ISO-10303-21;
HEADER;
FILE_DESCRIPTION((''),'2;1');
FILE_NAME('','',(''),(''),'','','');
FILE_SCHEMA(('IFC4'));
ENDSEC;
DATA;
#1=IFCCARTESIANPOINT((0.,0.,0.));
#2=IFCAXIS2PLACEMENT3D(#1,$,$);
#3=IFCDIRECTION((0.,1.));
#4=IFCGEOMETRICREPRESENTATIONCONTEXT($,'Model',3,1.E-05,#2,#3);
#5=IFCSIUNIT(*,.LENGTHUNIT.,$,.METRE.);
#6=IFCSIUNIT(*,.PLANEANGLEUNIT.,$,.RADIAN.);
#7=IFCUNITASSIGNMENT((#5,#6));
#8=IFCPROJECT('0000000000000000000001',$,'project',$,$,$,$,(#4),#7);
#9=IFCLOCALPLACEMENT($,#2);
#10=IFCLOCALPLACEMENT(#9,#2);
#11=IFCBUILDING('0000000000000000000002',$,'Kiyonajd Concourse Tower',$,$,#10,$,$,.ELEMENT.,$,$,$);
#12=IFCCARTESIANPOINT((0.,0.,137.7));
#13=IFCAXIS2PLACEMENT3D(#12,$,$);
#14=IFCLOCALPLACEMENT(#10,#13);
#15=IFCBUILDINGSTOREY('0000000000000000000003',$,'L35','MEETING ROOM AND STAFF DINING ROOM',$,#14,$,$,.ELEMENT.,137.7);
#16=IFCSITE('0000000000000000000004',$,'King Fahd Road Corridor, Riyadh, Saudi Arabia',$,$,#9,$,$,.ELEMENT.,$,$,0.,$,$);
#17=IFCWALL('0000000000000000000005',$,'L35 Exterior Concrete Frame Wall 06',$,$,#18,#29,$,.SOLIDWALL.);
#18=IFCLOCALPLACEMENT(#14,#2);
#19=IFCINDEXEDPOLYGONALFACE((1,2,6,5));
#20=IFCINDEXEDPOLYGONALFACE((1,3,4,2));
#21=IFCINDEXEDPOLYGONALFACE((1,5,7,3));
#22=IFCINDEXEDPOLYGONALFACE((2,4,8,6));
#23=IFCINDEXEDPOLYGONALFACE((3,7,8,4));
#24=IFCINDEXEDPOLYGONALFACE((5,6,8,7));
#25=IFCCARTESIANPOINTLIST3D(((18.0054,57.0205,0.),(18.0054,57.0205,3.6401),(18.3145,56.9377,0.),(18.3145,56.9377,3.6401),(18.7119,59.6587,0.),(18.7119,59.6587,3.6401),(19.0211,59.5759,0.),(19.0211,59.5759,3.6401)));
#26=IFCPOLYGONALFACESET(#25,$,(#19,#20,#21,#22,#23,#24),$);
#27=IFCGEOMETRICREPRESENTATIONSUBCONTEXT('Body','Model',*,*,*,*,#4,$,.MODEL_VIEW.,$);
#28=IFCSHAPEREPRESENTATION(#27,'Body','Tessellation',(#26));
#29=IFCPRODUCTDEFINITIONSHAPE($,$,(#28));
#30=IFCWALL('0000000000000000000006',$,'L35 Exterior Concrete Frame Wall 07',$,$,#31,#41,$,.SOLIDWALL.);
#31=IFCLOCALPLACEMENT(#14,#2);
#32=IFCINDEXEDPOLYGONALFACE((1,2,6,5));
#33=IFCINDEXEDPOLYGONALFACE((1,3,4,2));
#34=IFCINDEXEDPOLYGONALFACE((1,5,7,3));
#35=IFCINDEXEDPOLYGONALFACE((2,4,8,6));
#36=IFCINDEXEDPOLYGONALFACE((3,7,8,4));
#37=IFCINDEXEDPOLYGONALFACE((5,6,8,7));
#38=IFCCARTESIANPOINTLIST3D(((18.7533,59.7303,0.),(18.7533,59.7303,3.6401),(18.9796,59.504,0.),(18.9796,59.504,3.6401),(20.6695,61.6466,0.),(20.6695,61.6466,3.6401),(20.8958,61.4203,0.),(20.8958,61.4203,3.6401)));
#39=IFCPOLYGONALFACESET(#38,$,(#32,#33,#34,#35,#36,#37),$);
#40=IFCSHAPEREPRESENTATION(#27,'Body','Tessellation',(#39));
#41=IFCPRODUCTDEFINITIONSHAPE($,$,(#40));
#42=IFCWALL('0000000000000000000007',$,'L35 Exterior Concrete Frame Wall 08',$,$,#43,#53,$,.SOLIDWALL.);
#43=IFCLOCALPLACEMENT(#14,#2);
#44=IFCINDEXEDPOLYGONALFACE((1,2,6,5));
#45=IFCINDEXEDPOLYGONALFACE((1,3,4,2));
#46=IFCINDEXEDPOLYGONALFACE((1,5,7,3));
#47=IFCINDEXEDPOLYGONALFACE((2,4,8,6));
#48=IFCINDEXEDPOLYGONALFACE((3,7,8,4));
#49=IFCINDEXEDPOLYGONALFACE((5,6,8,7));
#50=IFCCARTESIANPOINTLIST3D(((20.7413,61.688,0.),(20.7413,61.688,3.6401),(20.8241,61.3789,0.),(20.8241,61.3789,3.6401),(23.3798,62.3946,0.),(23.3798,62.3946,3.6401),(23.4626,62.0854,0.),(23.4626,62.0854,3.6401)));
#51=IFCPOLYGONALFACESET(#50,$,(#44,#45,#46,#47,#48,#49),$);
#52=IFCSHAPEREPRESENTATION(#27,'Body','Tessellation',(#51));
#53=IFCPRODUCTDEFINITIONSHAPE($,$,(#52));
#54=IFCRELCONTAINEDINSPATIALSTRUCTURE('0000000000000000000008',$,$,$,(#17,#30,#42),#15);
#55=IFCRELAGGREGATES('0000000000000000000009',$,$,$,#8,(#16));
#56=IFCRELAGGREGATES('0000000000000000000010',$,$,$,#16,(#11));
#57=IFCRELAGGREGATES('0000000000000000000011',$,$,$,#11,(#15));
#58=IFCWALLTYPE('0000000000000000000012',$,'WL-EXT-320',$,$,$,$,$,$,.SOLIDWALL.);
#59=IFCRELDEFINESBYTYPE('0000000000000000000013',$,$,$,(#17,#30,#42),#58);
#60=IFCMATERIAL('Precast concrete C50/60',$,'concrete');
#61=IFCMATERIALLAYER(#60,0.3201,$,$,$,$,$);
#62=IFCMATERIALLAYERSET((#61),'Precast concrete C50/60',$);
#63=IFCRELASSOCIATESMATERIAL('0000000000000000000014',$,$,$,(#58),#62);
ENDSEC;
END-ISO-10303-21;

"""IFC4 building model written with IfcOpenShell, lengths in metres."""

from ifc_helpers import new_model, si_unit, direction, frame, frame_2d, origin, place, context, subcontext, project, spatial, rectangle, extrude, material, layer, layer_set, type_object, element, save


model = new_model("IFC4")

# Units and contexts
model_context = context("Model", 3, precision=1e-05, world=origin(), true_north=direction((0.0, 1.0)))
body_context = subcontext(model_context, "Body", "Model", "MODEL_VIEW")
ifc_project = project(units=[si_unit("LENGTHUNIT", "METRE"), si_unit("PLANEANGLEUNIT", "RADIAN")], contexts=[model_context])

# Site, building, storey
site_placement = place(None, origin())
site = spatial("IfcSite", under=ifc_project, at=site_placement, Name="King Fahd Road Corridor, Riyadh, Saudi Arabia", CompositionType="ELEMENT", RefElevation=0.0)
building_placement = place(site_placement, origin())
building = spatial("IfcBuilding", under=site, at=building_placement, Name="Kiyonajd Concourse Tower", CompositionType="ELEMENT")
storey_placement = place(building_placement, frame((0.0, 0.0, 137.7)))
storey = spatial("IfcBuildingStorey", under=building, at=storey_placement, Name="L35", Description="MEETING ROOM AND STAFF DINING ROOM", CompositionType="ELEMENT", Elevation=137.7)

# Shared definitions
ifc_material_1 = material(Name="Precast concrete C50/60", Category="concrete")

# Walls
ifc_layer_1 = layer(ifc_material_1, 0.3201)
ifc_layer_set_1 = layer_set([ifc_layer_1], Name="Precast concrete C50/60")
wall_type = type_object("IfcWallType", Name="WL-EXT-320", PredefinedType="SOLIDWALL", material=ifc_layer_set_1)
wall_1_placement = place(storey_placement, frame((18.1599, 56.979, 0.0), z_axis=(0.0, 0.0, 1.0), x_axis=(0.258697, 0.965958, 0.0)))
element("IfcWall", 1, at=wall_1_placement, inside=storey, type_object=wall_type, Name="L35 Exterior Concrete Frame Wall 06", PredefinedType="SOLIDWALL", context=body_context, shape_type="SweptSolid", body=[
    extrude(rectangle(XDim=2.7312, YDim=0.3201, at=frame_2d((1.3657, 0.0))), origin(), (0.0, 0.0, 1.0), 3.6401),
])
wall_2_placement = place(storey_placement, frame((18.8665, 59.6172, 0.0), z_axis=(0.0, 0.0, 1.0), x_axis=(0.707107, 0.707107, 0.0)))
element("IfcWall", 2, at=wall_2_placement, inside=storey, type_object=wall_type, Name="L35 Exterior Concrete Frame Wall 07", PredefinedType="SOLIDWALL", context=body_context, shape_type="SweptSolid", body=[
    extrude(rectangle(XDim=2.71, YDim=0.3201, at=frame_2d((1.355, 0.0))), origin(), (0.0, 0.0, 1.0), 3.6401),
])
wall_3_placement = place(storey_placement, frame((20.7827, 61.5334, 0.0), z_axis=(0.0, 0.0, 1.0), x_axis=(0.965964, 0.258675, 0.0)))
element("IfcWall", 3, at=wall_3_placement, inside=storey, type_object=wall_type, Name="L35 Exterior Concrete Frame Wall 08", PredefinedType="SOLIDWALL", context=body_context, shape_type="SweptSolid", body=[
    extrude(rectangle(XDim=2.7314, YDim=0.3201, at=frame_2d((1.3657, 0.0))), origin(), (0.0, 0.0, 1.0), 3.6401),
])

save(model, "model.ifc")
